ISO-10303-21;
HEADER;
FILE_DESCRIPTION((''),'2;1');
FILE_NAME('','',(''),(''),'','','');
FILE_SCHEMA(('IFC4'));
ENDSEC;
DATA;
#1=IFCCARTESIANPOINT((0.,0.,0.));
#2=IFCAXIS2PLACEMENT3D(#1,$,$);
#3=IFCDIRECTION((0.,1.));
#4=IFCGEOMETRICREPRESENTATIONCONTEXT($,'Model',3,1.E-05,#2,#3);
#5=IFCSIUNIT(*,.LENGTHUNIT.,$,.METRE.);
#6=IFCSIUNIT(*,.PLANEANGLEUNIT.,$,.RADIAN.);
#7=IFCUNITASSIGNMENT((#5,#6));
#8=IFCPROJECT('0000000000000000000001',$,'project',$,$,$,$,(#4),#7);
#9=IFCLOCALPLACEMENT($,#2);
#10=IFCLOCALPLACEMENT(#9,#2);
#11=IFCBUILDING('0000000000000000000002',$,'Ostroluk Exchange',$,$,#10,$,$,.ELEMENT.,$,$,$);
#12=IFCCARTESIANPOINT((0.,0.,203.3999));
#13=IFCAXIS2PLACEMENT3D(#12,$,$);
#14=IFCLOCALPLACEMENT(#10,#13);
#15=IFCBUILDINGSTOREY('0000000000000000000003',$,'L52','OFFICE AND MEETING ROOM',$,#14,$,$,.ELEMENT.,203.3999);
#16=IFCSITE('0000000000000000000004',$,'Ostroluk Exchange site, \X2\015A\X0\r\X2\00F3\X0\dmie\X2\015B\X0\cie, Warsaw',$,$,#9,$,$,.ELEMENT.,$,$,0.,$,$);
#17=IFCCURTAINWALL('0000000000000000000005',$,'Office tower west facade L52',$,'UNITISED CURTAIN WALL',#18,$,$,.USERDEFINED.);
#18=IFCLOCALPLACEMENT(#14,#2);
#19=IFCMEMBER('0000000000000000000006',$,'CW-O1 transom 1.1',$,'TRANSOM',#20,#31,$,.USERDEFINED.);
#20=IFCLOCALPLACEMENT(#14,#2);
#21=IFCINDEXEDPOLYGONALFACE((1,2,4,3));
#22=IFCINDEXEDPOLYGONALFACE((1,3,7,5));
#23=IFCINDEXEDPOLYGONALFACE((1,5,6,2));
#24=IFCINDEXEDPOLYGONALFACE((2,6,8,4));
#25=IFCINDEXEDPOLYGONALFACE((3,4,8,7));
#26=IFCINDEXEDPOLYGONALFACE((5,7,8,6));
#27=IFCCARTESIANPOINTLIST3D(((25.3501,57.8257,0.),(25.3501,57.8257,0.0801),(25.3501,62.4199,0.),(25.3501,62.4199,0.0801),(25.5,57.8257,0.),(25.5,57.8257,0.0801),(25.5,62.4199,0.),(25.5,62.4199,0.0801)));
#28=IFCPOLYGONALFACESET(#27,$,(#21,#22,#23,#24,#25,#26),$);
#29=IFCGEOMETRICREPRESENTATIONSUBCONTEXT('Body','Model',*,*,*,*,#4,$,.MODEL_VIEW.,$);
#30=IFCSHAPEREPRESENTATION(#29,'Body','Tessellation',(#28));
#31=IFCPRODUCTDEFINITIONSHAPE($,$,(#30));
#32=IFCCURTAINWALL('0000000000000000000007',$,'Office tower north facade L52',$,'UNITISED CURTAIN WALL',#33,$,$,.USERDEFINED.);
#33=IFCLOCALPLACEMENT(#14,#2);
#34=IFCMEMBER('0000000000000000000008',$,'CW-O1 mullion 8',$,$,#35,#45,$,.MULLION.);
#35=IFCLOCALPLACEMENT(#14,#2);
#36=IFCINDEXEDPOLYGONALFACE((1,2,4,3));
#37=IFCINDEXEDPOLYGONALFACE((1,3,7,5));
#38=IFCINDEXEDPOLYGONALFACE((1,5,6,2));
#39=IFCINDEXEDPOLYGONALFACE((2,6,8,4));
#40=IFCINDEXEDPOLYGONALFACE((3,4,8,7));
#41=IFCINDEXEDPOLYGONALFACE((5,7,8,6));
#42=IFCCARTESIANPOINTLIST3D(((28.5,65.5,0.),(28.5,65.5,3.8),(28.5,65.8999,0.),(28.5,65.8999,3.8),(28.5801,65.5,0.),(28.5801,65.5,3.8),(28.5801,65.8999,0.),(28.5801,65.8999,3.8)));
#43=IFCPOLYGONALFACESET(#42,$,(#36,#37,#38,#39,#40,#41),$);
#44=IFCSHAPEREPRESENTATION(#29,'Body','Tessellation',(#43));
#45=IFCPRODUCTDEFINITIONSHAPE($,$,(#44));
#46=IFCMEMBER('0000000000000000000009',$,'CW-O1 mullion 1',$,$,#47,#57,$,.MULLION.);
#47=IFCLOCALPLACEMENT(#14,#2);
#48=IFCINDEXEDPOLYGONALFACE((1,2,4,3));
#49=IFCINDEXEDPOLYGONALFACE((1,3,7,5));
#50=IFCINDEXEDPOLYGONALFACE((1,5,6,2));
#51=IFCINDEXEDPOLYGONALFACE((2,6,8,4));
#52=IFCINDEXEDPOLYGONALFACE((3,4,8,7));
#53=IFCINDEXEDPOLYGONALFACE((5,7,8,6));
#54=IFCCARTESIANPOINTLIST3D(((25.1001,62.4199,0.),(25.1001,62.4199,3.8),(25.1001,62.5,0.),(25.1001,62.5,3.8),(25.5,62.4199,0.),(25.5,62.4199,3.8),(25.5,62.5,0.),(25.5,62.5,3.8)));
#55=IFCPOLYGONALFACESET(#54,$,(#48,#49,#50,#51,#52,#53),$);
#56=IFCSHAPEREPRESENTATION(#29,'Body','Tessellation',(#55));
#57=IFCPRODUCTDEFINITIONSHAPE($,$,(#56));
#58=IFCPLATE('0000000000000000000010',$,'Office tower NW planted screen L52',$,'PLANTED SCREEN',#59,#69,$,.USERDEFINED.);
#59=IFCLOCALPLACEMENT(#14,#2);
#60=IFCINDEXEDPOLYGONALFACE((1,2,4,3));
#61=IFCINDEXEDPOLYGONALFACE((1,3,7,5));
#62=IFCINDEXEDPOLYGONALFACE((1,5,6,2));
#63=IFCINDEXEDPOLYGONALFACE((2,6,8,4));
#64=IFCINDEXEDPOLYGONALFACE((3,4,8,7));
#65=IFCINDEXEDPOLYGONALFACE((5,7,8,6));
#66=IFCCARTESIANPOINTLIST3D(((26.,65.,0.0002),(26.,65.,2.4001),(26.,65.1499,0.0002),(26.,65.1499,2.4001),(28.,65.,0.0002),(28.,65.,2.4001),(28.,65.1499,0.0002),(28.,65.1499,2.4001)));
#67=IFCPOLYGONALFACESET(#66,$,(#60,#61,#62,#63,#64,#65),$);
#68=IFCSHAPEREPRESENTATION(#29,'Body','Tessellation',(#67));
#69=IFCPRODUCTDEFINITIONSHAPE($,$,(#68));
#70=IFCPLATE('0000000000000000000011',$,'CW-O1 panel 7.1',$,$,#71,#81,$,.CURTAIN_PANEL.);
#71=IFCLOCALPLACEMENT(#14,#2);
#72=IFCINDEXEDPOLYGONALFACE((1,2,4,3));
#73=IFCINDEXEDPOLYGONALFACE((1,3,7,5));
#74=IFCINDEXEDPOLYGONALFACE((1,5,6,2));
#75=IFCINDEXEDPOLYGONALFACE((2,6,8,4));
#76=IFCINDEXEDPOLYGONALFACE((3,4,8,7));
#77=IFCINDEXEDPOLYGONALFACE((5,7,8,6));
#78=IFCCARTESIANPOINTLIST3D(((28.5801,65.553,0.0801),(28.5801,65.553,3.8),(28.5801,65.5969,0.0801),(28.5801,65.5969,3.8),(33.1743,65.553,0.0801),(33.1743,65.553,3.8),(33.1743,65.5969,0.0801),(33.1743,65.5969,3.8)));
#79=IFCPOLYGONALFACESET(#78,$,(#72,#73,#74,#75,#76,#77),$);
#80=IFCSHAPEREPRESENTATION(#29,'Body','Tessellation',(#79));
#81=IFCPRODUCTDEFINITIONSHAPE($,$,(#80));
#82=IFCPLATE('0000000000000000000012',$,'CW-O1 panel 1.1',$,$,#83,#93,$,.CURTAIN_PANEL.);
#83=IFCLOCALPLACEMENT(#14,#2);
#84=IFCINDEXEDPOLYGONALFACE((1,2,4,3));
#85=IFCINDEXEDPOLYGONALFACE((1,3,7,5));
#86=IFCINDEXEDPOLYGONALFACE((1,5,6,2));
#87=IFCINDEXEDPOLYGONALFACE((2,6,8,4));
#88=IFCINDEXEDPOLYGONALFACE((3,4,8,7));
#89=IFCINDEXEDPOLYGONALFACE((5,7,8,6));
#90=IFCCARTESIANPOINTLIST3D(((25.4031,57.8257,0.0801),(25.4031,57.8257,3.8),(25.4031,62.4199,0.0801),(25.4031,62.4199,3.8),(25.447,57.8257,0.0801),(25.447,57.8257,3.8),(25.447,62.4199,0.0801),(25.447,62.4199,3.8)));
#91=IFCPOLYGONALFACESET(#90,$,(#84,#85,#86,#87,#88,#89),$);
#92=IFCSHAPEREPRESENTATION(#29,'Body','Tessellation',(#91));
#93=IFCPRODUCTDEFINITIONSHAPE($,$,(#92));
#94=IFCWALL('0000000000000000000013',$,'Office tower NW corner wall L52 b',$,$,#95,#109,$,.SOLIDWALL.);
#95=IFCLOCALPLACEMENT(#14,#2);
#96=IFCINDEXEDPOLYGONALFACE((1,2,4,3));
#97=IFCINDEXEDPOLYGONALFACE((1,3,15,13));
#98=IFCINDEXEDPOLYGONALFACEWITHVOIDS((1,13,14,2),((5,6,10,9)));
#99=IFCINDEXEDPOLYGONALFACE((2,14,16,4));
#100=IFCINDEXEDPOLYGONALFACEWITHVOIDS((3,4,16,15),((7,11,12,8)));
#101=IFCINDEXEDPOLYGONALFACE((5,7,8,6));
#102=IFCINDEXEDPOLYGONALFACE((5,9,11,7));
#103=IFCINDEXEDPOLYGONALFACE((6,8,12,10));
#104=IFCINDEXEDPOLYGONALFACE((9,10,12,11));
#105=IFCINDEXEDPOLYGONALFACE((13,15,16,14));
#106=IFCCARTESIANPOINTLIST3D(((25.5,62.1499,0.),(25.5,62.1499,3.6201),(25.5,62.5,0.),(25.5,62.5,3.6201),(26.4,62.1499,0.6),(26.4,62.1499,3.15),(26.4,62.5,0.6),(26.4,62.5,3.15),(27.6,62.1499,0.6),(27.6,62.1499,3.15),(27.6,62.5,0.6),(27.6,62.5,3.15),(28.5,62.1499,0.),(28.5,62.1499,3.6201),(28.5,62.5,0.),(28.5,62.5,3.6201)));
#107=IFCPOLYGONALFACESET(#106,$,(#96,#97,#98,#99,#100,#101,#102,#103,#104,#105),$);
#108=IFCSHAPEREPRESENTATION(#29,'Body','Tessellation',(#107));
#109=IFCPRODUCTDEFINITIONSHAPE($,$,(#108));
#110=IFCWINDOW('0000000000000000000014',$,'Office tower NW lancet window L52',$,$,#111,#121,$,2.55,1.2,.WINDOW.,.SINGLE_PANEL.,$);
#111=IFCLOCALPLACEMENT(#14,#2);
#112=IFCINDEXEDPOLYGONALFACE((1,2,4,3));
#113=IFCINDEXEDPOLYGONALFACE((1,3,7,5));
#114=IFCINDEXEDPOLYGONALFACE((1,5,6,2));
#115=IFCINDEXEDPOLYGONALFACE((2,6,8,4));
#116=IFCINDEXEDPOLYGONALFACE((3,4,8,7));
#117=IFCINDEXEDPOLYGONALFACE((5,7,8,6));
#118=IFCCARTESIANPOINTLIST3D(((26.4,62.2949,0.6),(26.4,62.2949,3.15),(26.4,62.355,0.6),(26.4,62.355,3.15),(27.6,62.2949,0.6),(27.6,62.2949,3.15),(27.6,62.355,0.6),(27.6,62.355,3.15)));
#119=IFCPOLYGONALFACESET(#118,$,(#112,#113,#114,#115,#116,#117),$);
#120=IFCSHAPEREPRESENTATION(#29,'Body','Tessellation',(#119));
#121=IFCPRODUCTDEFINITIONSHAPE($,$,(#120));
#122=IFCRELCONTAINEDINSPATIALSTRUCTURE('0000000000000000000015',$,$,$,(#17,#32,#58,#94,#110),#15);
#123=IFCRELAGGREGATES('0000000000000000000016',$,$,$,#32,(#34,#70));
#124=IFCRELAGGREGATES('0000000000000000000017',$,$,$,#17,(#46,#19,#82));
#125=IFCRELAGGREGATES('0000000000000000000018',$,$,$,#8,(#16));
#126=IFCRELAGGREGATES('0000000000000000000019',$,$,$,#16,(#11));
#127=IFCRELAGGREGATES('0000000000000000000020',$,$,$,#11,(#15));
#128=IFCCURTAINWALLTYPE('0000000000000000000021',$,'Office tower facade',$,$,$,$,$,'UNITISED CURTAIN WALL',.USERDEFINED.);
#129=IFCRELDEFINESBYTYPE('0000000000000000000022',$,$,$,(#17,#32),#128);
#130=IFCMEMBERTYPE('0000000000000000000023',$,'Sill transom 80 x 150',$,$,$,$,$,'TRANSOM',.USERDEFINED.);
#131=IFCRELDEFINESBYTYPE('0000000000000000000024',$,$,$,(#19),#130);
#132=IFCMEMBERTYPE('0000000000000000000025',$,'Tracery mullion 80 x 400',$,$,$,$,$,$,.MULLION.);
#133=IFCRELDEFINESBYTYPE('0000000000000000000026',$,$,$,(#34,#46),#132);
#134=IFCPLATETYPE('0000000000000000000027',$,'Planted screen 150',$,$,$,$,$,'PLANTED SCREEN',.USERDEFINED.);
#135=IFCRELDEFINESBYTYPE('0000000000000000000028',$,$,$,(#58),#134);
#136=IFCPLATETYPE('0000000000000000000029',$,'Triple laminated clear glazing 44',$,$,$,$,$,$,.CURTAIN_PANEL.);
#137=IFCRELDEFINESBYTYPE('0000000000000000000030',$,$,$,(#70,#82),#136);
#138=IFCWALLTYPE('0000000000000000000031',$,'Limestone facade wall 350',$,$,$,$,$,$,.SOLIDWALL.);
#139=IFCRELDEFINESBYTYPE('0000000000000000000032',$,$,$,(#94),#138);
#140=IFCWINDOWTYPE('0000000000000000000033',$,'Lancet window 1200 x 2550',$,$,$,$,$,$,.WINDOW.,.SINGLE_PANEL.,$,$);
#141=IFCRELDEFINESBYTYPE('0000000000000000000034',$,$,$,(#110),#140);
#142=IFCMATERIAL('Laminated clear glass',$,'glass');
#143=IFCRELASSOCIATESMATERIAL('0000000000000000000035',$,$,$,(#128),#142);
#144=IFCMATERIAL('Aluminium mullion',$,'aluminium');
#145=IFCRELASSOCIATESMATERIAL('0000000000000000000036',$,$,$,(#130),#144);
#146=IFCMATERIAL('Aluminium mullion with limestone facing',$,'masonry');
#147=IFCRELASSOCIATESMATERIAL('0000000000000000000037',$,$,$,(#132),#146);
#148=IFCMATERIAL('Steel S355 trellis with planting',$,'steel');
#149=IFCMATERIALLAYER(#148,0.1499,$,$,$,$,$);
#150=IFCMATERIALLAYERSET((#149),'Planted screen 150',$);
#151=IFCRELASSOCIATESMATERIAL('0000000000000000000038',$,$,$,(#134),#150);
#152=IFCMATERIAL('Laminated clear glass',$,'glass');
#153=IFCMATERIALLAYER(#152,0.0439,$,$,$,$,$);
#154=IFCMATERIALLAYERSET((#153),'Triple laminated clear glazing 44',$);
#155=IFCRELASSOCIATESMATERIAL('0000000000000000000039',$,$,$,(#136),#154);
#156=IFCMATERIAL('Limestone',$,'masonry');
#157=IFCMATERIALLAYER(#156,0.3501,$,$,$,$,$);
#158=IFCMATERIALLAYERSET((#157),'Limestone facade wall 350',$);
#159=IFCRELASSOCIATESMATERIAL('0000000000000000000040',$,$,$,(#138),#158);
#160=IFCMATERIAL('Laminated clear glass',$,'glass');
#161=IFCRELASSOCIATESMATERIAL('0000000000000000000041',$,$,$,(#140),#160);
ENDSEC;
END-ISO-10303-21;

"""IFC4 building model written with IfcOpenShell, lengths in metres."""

from ifc_helpers import new_model, si_unit, direction, frame, frame_2d, origin, origin_2d, place, context, subcontext, project, spatial, rectangle, extrude, material, layer, layer_set, material_profile, profile_set, type_object, element, fill, aggregate, save


model = new_model("IFC4")

# Units and contexts
model_context = context("Model", 3, precision=1e-05, world=origin(), true_north=direction((0.0, 1.0)))
body_context = subcontext(model_context, "Body", "Model", "MODEL_VIEW")
ifc_project = project(units=[si_unit("LENGTHUNIT", "METRE"), si_unit("PLANEANGLEUNIT", "RADIAN")], contexts=[model_context])

# Site, building, storey
site_placement = place(None, origin())
site = spatial("IfcSite", under=ifc_project, at=site_placement, Name="Ostroluk Exchange site, Śródmieście, Warsaw", CompositionType="ELEMENT", RefElevation=0.0)
building_placement = place(site_placement, origin())
building = spatial("IfcBuilding", under=site, at=building_placement, Name="Ostroluk Exchange", CompositionType="ELEMENT")
storey_placement = place(building_placement, frame((0.0, 0.0, 203.3999)))
storey = spatial("IfcBuildingStorey", under=building, at=storey_placement, Name="L52", Description="OFFICE AND MEETING ROOM", CompositionType="ELEMENT", Elevation=203.3999)

# Curtain walls, members
ifc_material_1 = material(Name="Laminated clear glass", Category="glass")
curtain_wall_type = type_object("IfcCurtainWallType", Name="Office tower facade", ElementType="UNITISED CURTAIN WALL", PredefinedType="USERDEFINED", material=ifc_material_1)
curtain_wall_1_placement = place(storey_placement, origin())
curtain_wall_1 = element("IfcCurtainWall", 1, at=curtain_wall_1_placement, inside=storey, type_object=curtain_wall_type, Name="Office tower west facade L52", ObjectType="UNITISED CURTAIN WALL", PredefinedType="USERDEFINED")
ifc_material_2 = material(Name="Aluminium mullion", Category="aluminium")
ifc_material_profile_1 = material_profile(ifc_material_2, rectangle(XDim=0.1499, YDim=0.0801, at=origin_2d()), Name="Sill transom 80 x 150")
ifc_profile_set_1 = profile_set([ifc_material_profile_1], Name="Aluminium mullion")
member_type_1 = type_object("IfcMemberType", Name="Sill transom 80 x 150", ElementType="TRANSOM", PredefinedType="USERDEFINED", material=ifc_profile_set_1)
member_1_placement = place(storey_placement, frame((25.425, 62.4199, 0.04), z_axis=(0.0, -1.0, 0.0), x_axis=(1.0, 0.0, 0.0)))
member_1 = element("IfcMember", 2, at=member_1_placement, type_object=member_type_1, Name="CW-O1 transom 1.1", ObjectType="TRANSOM", PredefinedType="USERDEFINED", context=body_context, shape_type="SweptSolid", body=[
    extrude(rectangle(XDim=0.1499, YDim=0.0801, at=origin_2d()), origin(), (0.0, 0.0, 1.0), 4.5942),
])
curtain_wall_2_placement = place(storey_placement, origin())
curtain_wall_2 = element("IfcCurtainWall", 3, at=curtain_wall_2_placement, inside=storey, type_object=curtain_wall_type, Name="Office tower north facade L52", ObjectType="UNITISED CURTAIN WALL", PredefinedType="USERDEFINED")
ifc_material_3 = material(Name="Aluminium mullion with limestone facing", Category="masonry")
ifc_material_profile_2 = material_profile(ifc_material_3, rectangle(XDim=0.3999, YDim=0.0801, at=origin_2d()), Name="Tracery mullion 80 x 400")
ifc_profile_set_2 = profile_set([ifc_material_profile_2], Name="Aluminium mullion with limestone facing")
member_type_2 = type_object("IfcMemberType", Name="Tracery mullion 80 x 400", PredefinedType="MULLION", material=ifc_profile_set_2)
member_2_placement = place(storey_placement, frame((28.54, 65.7, 0.0), z_axis=(0.0, 0.0, 1.0), x_axis=(0.0, -1.0, 0.0)))
member_2 = element("IfcMember", 4, at=member_2_placement, type_object=member_type_2, Name="CW-O1 mullion 8", PredefinedType="MULLION", context=body_context, shape_type="SweptSolid", body=[
    extrude(rectangle(XDim=0.3999, YDim=0.0801, at=origin_2d()), origin(), (0.0, 0.0, 1.0), 3.8),
])

# Member
member_3_placement = place(storey_placement, frame((25.3, 62.46, 0.0), z_axis=(0.0, 0.0, 1.0), x_axis=(1.0, 0.0, 0.0)))
member_3 = element("IfcMember", 5, at=member_3_placement, type_object=member_type_2, Name="CW-O1 mullion 1", PredefinedType="MULLION", context=body_context, shape_type="SweptSolid", body=[
    extrude(rectangle(XDim=0.3999, YDim=0.0801, at=origin_2d()), origin(), (0.0, 0.0, 1.0), 3.8),
])

# Plates
ifc_material_4 = material(Name="Steel S355 trellis with planting", Category="steel")
ifc_layer_1 = layer(ifc_material_4, 0.1499)
ifc_layer_set_1 = layer_set([ifc_layer_1], Name="Planted screen 150")
plate_type_1 = type_object("IfcPlateType", Name="Planted screen 150", ElementType="PLANTED SCREEN", PredefinedType="USERDEFINED", material=ifc_layer_set_1)
plate_1_placement = place(storey_placement, frame((27.0, 65.075, 0.0002), z_axis=(0.0, 0.0, 1.0), x_axis=(1.0, 0.0, 0.0)))
element("IfcPlate", 6, at=plate_1_placement, inside=storey, type_object=plate_type_1, Name="Office tower NW planted screen L52", ObjectType="PLANTED SCREEN", PredefinedType="USERDEFINED", context=body_context, shape_type="SweptSolid", body=[
    extrude(rectangle(XDim=2.0, YDim=0.1499, at=origin_2d()), origin(), (0.0, 0.0, 1.0), 2.3999),
])
ifc_material_5 = material(Name="Laminated clear glass", Category="glass")
ifc_layer_2 = layer(ifc_material_5, 0.0439)
ifc_layer_set_2 = layer_set([ifc_layer_2], Name="Triple laminated clear glazing 44")
plate_type_2 = type_object("IfcPlateType", Name="Triple laminated clear glazing 44", PredefinedType="CURTAIN_PANEL", material=ifc_layer_set_2)
plate_2_placement = place(storey_placement, frame((30.8772, 65.575, 0.0801), z_axis=(0.0, 0.0, 1.0), x_axis=(-1.0, 0.0, 0.0)))
plate_2 = element("IfcPlate", 7, at=plate_2_placement, type_object=plate_type_2, Name="CW-O1 panel 7.1", PredefinedType="CURTAIN_PANEL", context=body_context, shape_type="SweptSolid", body=[
    extrude(rectangle(XDim=4.5942, YDim=0.0439, at=origin_2d()), origin(), (0.0, 0.0, 1.0), 3.72),
])
aggregate(curtain_wall_2, [member_2, plate_2])
plate_3_placement = place(storey_placement, frame((25.425, 60.1228, 0.0801), z_axis=(0.0, 0.0, 1.0), x_axis=(0.0, -1.0, 0.0)))
plate_3 = element("IfcPlate", 8, at=plate_3_placement, type_object=plate_type_2, Name="CW-O1 panel 1.1", PredefinedType="CURTAIN_PANEL", context=body_context, shape_type="SweptSolid", body=[
    extrude(rectangle(XDim=4.5942, YDim=0.0439, at=origin_2d()), origin(), (0.0, 0.0, 1.0), 3.72),
])
aggregate(curtain_wall_1, [member_3, member_1, plate_3])

# Shared definitions
ifc_material_6 = material(Name="Limestone", Category="masonry")
ifc_layer_3 = layer(ifc_material_6, 0.3501)
ifc_layer_set_3 = layer_set([ifc_layer_3], Name="Limestone facade wall 350")
wall_type_1 = type_object("IfcWallType", Name="Limestone facade wall 350", PredefinedType="SOLIDWALL", material=ifc_layer_set_3)

# Wall, opening, window
wall_1_placement = place(storey_placement, frame((28.5, 62.325, 0.0), z_axis=(0.0, 0.0, 1.0), x_axis=(-1.0, 0.0, 0.0)))
wall_1 = element("IfcWall", 9, at=wall_1_placement, inside=storey, type_object=wall_type_1, Name="Office tower NW corner wall L52 b", PredefinedType="SOLIDWALL", context=body_context, shape_type="SweptSolid", body=[
    extrude(rectangle(XDim=3.0, YDim=0.3501, at=frame_2d((1.5, 0.0))), origin(), (0.0, 0.0, 1.0), 3.6201),
])
opening_1_placement = place(wall_1_placement, frame((0.8999, 0.0, 0.6001)))
opening_1 = element("IfcOpeningElement", 10, at=opening_1_placement, cuts=wall_1, PredefinedType="OPENING", context=body_context, shape_type="SweptSolid", body=[
    extrude(rectangle(XDim=1.2, YDim=2.55, at=frame_2d((0.6001, 1.2749))), frame((0.0, 0.1851, 0.0), z_axis=(0.0, -1.0, 0.0), x_axis=(1.0, 0.0, 0.0)), (0.0, 0.0, 1.0), 0.3701),
])
ifc_material_7 = material(Name="Laminated clear glass", Category="glass")
window_type = type_object("IfcWindowType", Name="Lancet window 1200 x 2550", PartitioningType="SINGLE_PANEL", PredefinedType="WINDOW", material=ifc_material_7)
window_placement = place(opening_1_placement, origin())
window = element("IfcWindow", 11, at=window_placement, inside=storey, type_object=window_type, Name="Office tower NW lancet window L52", OverallHeight=2.55, OverallWidth=1.2, PartitioningType="SINGLE_PANEL", PredefinedType="WINDOW", context=body_context, shape_type="SweptSolid", body=[
    extrude(rectangle(XDim=1.2, YDim=2.55, at=frame_2d((0.6001, 1.2749))), frame((0.0, 0.03, 0.0), z_axis=(0.0, -1.0, 0.0), x_axis=(1.0, 0.0, 0.0)), (0.0, 0.0, 1.0), 0.0601),
])
fill(opening_1, window)

save(model, "model.ifc")
